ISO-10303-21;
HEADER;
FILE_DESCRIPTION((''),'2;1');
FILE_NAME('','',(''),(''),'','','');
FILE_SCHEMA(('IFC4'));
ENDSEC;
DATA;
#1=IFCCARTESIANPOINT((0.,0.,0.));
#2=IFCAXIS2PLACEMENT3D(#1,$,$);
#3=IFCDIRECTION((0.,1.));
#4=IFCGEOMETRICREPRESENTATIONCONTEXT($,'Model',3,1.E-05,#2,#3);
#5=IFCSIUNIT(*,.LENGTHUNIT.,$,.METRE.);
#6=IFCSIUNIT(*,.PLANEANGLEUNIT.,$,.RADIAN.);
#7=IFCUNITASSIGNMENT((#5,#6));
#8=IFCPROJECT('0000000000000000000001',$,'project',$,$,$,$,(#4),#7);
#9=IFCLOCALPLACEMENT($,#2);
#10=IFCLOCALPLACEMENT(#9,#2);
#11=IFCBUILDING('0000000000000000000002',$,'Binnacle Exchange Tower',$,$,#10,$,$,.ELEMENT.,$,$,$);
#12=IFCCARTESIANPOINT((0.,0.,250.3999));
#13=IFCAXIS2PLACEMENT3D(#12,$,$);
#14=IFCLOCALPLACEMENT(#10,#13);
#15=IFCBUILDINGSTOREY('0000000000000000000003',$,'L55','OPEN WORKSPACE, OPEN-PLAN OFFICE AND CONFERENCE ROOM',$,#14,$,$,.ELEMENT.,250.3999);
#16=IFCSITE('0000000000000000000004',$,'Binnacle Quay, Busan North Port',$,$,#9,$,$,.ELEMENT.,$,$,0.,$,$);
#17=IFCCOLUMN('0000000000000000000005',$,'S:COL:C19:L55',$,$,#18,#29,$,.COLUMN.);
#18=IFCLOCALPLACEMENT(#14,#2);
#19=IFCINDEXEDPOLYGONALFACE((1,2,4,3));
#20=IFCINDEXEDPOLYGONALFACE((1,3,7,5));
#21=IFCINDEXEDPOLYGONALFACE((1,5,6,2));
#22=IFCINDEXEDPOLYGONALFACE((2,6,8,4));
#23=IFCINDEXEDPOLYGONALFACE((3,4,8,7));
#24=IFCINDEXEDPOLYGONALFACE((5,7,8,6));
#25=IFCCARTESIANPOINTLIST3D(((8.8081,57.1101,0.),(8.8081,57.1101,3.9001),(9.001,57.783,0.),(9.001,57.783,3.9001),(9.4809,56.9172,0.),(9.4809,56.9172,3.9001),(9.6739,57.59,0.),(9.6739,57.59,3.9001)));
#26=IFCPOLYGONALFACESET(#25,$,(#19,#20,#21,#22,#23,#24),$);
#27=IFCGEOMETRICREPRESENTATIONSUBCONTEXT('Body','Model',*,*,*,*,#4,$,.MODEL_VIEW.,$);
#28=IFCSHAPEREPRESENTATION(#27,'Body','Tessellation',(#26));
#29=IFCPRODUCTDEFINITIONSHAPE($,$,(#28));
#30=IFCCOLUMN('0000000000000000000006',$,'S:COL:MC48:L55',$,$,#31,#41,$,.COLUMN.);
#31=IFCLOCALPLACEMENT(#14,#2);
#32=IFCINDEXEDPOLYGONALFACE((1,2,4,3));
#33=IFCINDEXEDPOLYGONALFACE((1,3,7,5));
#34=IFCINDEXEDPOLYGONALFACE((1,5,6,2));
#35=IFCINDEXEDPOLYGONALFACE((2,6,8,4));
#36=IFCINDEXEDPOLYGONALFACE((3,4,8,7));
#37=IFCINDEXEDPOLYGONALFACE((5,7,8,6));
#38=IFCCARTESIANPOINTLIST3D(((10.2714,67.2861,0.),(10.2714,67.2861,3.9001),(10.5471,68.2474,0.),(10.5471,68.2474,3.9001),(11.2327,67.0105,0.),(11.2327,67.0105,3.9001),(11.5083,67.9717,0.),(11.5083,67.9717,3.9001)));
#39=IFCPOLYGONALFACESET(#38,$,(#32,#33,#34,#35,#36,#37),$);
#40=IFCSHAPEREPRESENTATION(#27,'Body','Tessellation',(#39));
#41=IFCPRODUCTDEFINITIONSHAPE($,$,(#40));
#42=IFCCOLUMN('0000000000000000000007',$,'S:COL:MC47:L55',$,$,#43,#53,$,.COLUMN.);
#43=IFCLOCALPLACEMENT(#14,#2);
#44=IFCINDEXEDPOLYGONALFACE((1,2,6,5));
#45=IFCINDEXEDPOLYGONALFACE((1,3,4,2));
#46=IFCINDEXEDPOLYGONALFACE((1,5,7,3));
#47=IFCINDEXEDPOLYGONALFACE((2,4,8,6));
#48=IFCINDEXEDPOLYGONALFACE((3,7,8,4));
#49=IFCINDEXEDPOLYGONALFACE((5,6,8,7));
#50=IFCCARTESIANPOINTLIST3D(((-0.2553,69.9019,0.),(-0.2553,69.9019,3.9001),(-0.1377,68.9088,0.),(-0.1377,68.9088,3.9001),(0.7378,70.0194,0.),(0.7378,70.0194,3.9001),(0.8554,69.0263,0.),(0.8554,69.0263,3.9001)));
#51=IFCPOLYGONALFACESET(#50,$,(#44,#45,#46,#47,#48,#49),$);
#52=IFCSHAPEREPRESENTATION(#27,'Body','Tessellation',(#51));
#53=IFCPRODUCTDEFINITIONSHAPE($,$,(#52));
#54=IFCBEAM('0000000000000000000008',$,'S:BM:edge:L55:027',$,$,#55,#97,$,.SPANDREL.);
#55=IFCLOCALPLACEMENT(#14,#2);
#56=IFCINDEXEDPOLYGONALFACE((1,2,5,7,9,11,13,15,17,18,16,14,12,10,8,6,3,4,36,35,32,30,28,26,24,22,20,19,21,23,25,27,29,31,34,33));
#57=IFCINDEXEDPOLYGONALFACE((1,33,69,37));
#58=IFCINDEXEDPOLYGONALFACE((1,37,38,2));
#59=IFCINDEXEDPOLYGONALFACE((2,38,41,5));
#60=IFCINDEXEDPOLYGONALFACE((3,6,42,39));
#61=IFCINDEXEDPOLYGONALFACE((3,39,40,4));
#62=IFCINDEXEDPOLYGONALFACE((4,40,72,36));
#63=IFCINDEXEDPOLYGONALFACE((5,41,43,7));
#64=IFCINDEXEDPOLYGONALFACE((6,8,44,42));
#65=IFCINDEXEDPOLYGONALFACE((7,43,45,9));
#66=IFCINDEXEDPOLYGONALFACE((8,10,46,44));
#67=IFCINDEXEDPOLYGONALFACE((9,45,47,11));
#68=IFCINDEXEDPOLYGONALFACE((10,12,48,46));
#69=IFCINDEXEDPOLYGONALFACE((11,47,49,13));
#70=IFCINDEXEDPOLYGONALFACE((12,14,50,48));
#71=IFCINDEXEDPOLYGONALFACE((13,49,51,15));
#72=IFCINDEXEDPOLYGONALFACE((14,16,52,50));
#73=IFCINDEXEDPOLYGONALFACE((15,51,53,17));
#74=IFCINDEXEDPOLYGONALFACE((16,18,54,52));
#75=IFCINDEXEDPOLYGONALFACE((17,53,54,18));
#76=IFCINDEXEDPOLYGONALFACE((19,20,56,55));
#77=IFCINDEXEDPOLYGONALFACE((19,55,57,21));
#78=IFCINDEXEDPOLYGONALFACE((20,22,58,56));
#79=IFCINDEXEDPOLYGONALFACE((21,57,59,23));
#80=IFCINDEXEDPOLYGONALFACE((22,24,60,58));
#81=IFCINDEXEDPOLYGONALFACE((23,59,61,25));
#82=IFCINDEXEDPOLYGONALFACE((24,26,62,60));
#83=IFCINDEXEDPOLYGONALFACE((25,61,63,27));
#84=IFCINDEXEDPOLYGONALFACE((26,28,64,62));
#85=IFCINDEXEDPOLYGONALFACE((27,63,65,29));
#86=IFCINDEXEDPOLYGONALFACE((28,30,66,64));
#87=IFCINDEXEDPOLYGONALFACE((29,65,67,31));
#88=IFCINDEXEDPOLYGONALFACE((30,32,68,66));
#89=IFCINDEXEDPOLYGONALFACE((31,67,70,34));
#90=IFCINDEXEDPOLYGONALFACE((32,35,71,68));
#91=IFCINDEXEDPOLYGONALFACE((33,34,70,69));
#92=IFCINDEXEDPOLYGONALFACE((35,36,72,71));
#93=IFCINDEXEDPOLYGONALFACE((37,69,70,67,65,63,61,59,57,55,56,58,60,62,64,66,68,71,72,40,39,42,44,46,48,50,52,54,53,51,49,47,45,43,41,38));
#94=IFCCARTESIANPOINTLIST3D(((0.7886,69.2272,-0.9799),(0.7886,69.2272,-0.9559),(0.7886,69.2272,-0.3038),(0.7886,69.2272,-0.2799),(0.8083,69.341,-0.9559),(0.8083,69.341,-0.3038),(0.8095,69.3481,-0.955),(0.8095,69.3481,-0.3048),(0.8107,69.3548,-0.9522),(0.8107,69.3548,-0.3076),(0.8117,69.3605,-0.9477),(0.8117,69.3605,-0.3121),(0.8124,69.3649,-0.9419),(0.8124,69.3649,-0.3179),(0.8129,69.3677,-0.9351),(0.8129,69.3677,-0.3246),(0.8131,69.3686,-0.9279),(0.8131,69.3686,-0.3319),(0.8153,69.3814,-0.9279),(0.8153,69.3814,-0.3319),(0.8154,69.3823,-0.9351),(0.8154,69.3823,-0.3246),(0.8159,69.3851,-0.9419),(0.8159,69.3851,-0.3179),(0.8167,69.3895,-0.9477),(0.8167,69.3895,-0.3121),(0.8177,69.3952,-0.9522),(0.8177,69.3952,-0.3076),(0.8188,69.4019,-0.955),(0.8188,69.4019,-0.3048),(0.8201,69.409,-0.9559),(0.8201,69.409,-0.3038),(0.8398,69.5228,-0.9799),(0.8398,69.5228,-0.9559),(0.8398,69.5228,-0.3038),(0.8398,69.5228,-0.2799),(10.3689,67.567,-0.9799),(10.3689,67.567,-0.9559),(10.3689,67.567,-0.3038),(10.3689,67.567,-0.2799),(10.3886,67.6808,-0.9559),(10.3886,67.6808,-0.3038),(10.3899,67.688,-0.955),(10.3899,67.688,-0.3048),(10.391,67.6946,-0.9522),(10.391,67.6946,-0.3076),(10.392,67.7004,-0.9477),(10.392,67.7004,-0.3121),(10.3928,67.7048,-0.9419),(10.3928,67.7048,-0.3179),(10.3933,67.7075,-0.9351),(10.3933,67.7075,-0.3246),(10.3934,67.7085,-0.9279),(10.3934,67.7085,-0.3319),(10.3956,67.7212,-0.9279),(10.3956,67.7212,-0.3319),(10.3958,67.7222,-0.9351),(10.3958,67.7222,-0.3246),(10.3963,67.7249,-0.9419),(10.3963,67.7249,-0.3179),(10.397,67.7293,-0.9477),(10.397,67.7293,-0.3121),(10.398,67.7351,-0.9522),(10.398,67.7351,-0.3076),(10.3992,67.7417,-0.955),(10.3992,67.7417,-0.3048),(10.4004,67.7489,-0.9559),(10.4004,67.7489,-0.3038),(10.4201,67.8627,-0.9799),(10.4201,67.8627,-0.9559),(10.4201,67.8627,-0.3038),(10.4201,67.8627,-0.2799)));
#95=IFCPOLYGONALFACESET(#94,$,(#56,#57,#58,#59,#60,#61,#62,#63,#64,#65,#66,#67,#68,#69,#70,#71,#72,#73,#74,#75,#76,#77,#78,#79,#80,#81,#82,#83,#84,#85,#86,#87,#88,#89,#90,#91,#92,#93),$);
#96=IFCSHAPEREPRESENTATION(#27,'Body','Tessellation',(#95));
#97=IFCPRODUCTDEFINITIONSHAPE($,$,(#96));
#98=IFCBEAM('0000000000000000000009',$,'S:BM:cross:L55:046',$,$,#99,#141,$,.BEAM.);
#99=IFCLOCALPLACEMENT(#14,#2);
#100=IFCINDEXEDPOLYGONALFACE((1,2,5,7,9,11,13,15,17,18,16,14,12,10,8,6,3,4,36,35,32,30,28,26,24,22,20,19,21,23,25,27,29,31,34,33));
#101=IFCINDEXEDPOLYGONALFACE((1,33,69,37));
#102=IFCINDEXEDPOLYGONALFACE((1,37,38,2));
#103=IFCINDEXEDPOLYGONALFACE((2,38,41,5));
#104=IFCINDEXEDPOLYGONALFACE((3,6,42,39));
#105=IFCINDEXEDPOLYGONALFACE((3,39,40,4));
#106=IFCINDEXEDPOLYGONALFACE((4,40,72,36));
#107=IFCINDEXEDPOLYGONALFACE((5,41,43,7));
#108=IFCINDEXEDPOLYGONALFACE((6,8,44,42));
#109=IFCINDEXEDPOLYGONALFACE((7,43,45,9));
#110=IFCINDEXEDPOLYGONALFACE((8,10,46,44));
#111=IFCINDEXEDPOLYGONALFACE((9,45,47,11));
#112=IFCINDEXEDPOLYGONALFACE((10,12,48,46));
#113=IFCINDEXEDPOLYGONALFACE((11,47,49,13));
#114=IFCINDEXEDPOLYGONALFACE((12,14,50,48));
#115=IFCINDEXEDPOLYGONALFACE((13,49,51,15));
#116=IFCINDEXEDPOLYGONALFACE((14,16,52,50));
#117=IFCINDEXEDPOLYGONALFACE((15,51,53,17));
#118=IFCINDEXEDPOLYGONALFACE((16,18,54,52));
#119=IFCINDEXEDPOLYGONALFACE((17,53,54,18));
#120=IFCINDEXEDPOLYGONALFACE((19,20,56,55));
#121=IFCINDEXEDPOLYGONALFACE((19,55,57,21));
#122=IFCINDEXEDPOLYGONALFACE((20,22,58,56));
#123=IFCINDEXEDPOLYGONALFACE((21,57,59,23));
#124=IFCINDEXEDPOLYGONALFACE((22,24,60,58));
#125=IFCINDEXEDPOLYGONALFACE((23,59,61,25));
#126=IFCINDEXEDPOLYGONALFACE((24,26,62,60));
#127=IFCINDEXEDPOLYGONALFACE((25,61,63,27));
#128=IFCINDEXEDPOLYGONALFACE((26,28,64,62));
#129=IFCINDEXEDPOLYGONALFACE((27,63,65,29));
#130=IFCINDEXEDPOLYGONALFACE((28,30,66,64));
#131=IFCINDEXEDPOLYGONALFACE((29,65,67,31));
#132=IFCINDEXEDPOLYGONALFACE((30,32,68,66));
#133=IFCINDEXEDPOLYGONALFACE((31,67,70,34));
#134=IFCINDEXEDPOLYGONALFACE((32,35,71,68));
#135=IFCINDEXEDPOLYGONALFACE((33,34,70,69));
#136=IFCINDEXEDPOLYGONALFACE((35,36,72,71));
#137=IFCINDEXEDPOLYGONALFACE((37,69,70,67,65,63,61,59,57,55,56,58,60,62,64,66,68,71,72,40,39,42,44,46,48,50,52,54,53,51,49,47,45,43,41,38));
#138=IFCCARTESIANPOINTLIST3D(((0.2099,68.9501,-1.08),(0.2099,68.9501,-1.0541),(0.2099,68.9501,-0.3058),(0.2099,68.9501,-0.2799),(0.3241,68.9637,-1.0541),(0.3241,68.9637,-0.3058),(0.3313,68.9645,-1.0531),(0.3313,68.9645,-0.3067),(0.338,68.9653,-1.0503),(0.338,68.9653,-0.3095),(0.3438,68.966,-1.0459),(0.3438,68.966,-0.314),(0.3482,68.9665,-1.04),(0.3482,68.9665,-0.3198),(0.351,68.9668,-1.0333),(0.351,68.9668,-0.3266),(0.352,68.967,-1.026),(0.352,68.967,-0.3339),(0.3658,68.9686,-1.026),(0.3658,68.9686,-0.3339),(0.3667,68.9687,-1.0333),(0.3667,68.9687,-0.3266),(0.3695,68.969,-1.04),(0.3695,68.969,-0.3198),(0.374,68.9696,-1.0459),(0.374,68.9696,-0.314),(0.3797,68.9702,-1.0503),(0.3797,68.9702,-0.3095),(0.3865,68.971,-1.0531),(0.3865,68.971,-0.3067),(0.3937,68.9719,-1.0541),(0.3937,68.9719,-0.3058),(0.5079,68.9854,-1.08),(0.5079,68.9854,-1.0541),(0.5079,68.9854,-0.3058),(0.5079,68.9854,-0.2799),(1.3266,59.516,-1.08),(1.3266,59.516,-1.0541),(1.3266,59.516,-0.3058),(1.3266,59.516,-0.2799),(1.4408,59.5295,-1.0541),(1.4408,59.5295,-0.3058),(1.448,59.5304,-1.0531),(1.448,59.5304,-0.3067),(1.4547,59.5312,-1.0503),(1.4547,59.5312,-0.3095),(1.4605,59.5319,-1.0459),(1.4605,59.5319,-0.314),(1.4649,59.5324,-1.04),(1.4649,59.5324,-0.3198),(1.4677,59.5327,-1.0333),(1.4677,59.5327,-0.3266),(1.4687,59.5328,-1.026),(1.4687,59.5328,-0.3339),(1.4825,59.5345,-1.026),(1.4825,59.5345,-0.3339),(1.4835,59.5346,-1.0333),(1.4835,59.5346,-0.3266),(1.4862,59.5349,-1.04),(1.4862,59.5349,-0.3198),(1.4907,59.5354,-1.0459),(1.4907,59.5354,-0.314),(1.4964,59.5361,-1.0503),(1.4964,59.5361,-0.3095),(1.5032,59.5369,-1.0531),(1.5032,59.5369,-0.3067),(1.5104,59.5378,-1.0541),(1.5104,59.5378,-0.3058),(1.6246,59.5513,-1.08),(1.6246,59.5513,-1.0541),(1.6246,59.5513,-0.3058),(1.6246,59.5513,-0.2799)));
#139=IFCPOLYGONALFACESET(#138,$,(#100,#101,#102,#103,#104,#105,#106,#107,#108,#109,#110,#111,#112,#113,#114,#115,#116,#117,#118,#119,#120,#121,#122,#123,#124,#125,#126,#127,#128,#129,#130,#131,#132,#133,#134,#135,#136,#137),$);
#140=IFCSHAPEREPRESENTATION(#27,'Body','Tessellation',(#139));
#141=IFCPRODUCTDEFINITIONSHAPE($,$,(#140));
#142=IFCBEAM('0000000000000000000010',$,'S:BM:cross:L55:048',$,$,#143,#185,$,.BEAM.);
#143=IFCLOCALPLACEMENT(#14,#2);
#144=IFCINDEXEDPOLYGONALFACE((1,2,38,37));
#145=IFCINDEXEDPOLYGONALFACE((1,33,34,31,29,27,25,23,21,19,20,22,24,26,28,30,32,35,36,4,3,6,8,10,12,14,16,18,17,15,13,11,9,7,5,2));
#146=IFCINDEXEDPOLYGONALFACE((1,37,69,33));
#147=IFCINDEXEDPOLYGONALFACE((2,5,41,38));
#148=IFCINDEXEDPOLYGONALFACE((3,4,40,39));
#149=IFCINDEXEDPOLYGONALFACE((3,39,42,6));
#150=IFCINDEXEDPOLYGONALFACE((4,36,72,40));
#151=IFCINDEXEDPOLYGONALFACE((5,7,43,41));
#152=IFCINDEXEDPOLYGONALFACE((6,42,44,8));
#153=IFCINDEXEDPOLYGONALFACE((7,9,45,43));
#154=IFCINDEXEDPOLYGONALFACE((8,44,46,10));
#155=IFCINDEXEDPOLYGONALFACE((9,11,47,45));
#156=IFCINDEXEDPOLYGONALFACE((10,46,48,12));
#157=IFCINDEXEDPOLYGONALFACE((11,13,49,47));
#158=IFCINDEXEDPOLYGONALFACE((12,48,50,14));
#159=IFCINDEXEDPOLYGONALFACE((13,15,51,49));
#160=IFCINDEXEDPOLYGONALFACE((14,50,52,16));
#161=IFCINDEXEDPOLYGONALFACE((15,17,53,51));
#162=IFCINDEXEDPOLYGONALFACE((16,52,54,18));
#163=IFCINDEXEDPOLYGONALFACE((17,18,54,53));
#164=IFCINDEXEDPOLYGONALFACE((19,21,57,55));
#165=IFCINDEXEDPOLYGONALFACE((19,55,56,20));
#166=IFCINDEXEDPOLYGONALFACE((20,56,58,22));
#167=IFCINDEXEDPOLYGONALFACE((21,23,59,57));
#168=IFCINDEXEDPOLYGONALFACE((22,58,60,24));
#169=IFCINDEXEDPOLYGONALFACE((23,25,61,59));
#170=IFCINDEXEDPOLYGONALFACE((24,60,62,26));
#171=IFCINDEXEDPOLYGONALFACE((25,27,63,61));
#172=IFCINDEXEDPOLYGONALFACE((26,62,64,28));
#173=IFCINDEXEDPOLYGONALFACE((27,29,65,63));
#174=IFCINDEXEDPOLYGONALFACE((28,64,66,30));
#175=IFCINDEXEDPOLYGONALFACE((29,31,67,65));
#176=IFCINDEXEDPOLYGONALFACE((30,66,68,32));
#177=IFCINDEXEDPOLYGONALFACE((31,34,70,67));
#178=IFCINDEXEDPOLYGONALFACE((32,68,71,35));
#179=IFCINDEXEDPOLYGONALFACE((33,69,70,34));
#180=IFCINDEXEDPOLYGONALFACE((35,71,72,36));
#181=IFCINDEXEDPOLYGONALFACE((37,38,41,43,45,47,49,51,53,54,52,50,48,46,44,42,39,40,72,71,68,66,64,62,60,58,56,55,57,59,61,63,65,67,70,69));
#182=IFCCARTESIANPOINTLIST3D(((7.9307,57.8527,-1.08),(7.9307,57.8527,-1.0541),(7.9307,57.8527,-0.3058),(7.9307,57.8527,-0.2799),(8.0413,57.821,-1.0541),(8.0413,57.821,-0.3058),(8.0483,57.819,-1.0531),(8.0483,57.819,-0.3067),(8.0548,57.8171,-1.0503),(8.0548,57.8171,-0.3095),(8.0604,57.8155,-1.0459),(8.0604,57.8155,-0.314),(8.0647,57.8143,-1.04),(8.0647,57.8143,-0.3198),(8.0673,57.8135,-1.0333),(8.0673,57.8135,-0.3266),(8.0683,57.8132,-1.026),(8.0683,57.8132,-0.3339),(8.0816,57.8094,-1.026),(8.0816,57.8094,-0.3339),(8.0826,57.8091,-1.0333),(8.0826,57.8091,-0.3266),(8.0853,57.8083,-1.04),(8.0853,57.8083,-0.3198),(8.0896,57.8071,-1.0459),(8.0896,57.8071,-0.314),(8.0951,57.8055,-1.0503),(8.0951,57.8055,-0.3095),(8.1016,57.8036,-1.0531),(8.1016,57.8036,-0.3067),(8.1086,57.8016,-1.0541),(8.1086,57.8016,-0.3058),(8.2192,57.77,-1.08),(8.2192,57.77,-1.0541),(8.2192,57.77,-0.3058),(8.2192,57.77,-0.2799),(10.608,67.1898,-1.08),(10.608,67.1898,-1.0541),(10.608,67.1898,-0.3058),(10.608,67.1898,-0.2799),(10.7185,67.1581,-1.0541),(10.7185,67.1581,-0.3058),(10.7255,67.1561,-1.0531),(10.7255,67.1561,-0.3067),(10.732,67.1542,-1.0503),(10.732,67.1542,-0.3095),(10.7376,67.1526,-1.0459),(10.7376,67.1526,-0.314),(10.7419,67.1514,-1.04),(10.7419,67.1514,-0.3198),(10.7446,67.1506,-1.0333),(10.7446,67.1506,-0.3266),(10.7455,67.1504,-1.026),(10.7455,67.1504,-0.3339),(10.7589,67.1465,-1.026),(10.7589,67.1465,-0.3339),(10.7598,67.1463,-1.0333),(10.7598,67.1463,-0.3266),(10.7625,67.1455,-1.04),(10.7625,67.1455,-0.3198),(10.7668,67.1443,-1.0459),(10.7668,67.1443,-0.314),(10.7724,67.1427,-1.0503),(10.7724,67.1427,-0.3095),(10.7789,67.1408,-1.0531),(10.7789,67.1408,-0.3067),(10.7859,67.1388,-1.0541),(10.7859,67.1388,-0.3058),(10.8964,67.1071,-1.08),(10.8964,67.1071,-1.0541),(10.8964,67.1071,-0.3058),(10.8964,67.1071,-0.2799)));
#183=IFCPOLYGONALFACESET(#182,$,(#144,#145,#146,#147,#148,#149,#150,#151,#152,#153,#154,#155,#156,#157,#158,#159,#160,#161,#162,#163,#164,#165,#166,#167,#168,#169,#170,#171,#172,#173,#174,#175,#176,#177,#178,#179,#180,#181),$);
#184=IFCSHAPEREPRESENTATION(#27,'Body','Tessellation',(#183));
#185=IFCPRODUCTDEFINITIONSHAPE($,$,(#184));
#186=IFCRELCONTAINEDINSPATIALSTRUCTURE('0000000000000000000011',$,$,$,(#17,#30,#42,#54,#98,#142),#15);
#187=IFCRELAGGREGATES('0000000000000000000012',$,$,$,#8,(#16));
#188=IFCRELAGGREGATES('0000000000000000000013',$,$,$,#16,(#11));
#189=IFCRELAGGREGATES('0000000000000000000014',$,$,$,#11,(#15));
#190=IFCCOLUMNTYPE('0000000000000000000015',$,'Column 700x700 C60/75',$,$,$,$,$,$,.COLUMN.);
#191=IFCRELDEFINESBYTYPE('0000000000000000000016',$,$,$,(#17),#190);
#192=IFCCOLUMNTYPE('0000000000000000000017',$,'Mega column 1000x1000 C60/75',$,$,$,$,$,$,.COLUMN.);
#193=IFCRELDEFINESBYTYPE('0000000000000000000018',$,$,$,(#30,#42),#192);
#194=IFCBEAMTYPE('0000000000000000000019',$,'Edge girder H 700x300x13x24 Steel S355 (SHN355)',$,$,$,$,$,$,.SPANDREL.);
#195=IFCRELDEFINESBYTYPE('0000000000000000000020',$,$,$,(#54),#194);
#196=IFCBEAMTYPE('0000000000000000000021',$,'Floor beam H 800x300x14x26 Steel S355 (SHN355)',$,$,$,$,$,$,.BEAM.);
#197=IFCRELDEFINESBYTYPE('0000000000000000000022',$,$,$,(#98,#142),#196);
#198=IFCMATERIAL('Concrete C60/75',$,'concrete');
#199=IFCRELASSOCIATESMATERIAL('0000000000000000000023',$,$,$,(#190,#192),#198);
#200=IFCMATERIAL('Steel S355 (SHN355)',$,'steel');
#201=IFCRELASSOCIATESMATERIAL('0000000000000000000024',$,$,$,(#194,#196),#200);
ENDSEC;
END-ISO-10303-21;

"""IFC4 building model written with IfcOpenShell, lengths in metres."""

from ifc_helpers import new_model, si_unit, direction, frame, origin, origin_2d, place, context, subcontext, project, spatial, rectangle, i_section, extrude, material, material_profile, profile_set, type_object, element, save


model = new_model("IFC4")

# Units and contexts
model_context = context("Model", 3, precision=1e-05, world=origin(), true_north=direction((0.0, 1.0)))
body_context = subcontext(model_context, "Body", "Model", "MODEL_VIEW")
ifc_project = project(units=[si_unit("LENGTHUNIT", "METRE"), si_unit("PLANEANGLEUNIT", "RADIAN")], contexts=[model_context])

# Site, building, storey
site_placement = place(None, origin())
site = spatial("IfcSite", under=ifc_project, at=site_placement, Name="Binnacle Quay, Busan North Port", CompositionType="ELEMENT", RefElevation=0.0)
building_placement = place(site_placement, origin())
building = spatial("IfcBuilding", under=site, at=building_placement, Name="Binnacle Exchange Tower", CompositionType="ELEMENT")
storey_placement = place(building_placement, frame((0.0, 0.0, 250.3999)))
storey = spatial("IfcBuildingStorey", under=building, at=storey_placement, Name="L55", Description="OPEN WORKSPACE, OPEN-PLAN OFFICE AND CONFERENCE ROOM", CompositionType="ELEMENT", Elevation=250.3999)

# Columns
ifc_material_1 = material(Name="Concrete C60/75", Category="concrete")
ifc_material_profile_1 = material_profile(ifc_material_1, rectangle(XDim=0.7, YDim=0.7, at=origin_2d()), Name="Column 700x700 C60/75")
ifc_profile_set_1 = profile_set([ifc_material_profile_1], Name="Concrete C60/75")
column_type_1 = type_object("IfcColumnType", Name="Column 700x700 C60/75", PredefinedType="COLUMN", material=ifc_profile_set_1)
column_placement = place(storey_placement, frame((9.241, 57.3501, 0.0), z_axis=(0.0, 0.0, 1.0), x_axis=(0.961262, -0.275637, 0.0)))
element("IfcColumn", 1, at=column_placement, inside=storey, type_object=column_type_1, Name="S:COL:C19:L55", PredefinedType="COLUMN", context=body_context, shape_type="SweptSolid", body=[
    extrude(rectangle(XDim=0.7, YDim=0.7, at=origin_2d()), origin(), (0.0, 0.0, 1.0), 3.9001),
])
ifc_material_profile_2 = material_profile(ifc_material_1, rectangle(XDim=1.0, YDim=1.0, at=origin_2d()), Name="Mega column 1000x1000 C60/75")
ifc_profile_set_2 = profile_set([ifc_material_profile_2], Name="Concrete C60/75")
column_type_2 = type_object("IfcColumnType", Name="Mega column 1000x1000 C60/75", PredefinedType="COLUMN", material=ifc_profile_set_2)
for number, where, z_axis, x_axis, name in (
    (2, (10.8899, 67.6289, 0.0), (0.0, 0.0, 1.0), (-0.961262, 0.275637, 0.0), "S:COL:MC48:L55"),
    (3, (0.3, 69.4641, 0.0), (0.0, 0.0, 1.0), (-0.993068, -0.117537, 0.0), "S:COL:MC47:L55"),
):
    element("IfcColumn", number, at=place(storey_placement, frame(where, z_axis=z_axis, x_axis=x_axis)), inside=storey, type_object=column_type_2, Name=name, PredefinedType="COLUMN", context=body_context, shape_type="SweptSolid", body=[
        extrude(rectangle(XDim=1.0, YDim=1.0, at=origin_2d()), origin(), (0.0, 0.0, 1.0), 3.9001),
    ])

# Beams
ifc_material_2 = material(Name="Steel S355 (SHN355)", Category="steel")
ifc_material_profile_3 = material_profile(ifc_material_2, i_section(OverallWidth=0.3, OverallDepth=0.7, WebThickness=0.0129, FlangeThickness=0.0239, FilletRadius=0.0281, at=origin_2d()), Name="H 700x300x13x24")
ifc_profile_set_3 = profile_set([ifc_material_profile_3], Name="Steel S355 (SHN355)")
beam_type_1 = type_object("IfcBeamType", Name="Edge girder H 700x300x13x24 Steel S355 (SHN355)", PredefinedType="SPANDREL", material=ifc_profile_set_3)
beam_1_placement = place(storey_placement, frame((10.3945, 67.7148, -0.6299), z_axis=(-0.985316, 0.170743, 0.0), x_axis=(-0.170743, -0.985316, 0.0)))
element("IfcBeam", 4, at=beam_1_placement, inside=storey, type_object=beam_type_1, Name="S:BM:edge:L55:027", PredefinedType="SPANDREL", context=body_context, shape_type="SweptSolid", body=[
    extrude(i_section(OverallWidth=0.3, OverallDepth=0.7, WebThickness=0.0129, FlangeThickness=0.0239, FilletRadius=0.0281, at=origin_2d()), origin(), (0.0, 0.0, 1.0), 9.7231),
])
ifc_material_profile_4 = material_profile(ifc_material_2, i_section(OverallWidth=0.3, OverallDepth=0.8, WebThickness=0.0139, FlangeThickness=0.0259, FilletRadius=0.0281, at=origin_2d()), Name="H 800x300x14x26")
ifc_profile_set_4 = profile_set([ifc_material_profile_4], Name="Steel S355 (SHN355)")
beam_type_2 = type_object("IfcBeamType", Name="Floor beam H 800x300x14x26 Steel S355 (SHN355)", PredefinedType="BEAM", material=ifc_profile_set_4)
beam_2_placement = place(storey_placement, frame((0.3589, 68.9678, -0.6799), z_axis=(0.117548, -0.993067, 0.0), x_axis=(0.993067, 0.117548, 0.0)))
element("IfcBeam", 5, at=beam_2_placement, inside=storey, type_object=beam_type_2, Name="S:BM:cross:L55:046", PredefinedType="BEAM", context=body_context, shape_type="SweptSolid", body=[
    extrude(i_section(OverallWidth=0.3, OverallDepth=0.8, WebThickness=0.0139, FlangeThickness=0.0259, FilletRadius=0.0281, at=origin_2d()), origin(), (0.0, 0.0, 1.0), 9.5),
])
beam_3_placement = place(storey_placement, frame((10.7522, 67.1484, -0.6799), z_axis=(-0.275624, -0.961266, 0.0), x_axis=(0.961266, -0.275624, 0.0)))
element("IfcBeam", 6, at=beam_3_placement, inside=storey, type_object=beam_type_2, Name="S:BM:cross:L55:048", PredefinedType="BEAM", context=body_context, shape_type="SweptSolid", body=[
    extrude(i_section(OverallWidth=0.3, OverallDepth=0.8, WebThickness=0.0139, FlangeThickness=0.0259, FilletRadius=0.0281, at=origin_2d()), origin(), (0.0, 0.0, 1.0), 9.7134),
])

save(model, "model.ifc")
